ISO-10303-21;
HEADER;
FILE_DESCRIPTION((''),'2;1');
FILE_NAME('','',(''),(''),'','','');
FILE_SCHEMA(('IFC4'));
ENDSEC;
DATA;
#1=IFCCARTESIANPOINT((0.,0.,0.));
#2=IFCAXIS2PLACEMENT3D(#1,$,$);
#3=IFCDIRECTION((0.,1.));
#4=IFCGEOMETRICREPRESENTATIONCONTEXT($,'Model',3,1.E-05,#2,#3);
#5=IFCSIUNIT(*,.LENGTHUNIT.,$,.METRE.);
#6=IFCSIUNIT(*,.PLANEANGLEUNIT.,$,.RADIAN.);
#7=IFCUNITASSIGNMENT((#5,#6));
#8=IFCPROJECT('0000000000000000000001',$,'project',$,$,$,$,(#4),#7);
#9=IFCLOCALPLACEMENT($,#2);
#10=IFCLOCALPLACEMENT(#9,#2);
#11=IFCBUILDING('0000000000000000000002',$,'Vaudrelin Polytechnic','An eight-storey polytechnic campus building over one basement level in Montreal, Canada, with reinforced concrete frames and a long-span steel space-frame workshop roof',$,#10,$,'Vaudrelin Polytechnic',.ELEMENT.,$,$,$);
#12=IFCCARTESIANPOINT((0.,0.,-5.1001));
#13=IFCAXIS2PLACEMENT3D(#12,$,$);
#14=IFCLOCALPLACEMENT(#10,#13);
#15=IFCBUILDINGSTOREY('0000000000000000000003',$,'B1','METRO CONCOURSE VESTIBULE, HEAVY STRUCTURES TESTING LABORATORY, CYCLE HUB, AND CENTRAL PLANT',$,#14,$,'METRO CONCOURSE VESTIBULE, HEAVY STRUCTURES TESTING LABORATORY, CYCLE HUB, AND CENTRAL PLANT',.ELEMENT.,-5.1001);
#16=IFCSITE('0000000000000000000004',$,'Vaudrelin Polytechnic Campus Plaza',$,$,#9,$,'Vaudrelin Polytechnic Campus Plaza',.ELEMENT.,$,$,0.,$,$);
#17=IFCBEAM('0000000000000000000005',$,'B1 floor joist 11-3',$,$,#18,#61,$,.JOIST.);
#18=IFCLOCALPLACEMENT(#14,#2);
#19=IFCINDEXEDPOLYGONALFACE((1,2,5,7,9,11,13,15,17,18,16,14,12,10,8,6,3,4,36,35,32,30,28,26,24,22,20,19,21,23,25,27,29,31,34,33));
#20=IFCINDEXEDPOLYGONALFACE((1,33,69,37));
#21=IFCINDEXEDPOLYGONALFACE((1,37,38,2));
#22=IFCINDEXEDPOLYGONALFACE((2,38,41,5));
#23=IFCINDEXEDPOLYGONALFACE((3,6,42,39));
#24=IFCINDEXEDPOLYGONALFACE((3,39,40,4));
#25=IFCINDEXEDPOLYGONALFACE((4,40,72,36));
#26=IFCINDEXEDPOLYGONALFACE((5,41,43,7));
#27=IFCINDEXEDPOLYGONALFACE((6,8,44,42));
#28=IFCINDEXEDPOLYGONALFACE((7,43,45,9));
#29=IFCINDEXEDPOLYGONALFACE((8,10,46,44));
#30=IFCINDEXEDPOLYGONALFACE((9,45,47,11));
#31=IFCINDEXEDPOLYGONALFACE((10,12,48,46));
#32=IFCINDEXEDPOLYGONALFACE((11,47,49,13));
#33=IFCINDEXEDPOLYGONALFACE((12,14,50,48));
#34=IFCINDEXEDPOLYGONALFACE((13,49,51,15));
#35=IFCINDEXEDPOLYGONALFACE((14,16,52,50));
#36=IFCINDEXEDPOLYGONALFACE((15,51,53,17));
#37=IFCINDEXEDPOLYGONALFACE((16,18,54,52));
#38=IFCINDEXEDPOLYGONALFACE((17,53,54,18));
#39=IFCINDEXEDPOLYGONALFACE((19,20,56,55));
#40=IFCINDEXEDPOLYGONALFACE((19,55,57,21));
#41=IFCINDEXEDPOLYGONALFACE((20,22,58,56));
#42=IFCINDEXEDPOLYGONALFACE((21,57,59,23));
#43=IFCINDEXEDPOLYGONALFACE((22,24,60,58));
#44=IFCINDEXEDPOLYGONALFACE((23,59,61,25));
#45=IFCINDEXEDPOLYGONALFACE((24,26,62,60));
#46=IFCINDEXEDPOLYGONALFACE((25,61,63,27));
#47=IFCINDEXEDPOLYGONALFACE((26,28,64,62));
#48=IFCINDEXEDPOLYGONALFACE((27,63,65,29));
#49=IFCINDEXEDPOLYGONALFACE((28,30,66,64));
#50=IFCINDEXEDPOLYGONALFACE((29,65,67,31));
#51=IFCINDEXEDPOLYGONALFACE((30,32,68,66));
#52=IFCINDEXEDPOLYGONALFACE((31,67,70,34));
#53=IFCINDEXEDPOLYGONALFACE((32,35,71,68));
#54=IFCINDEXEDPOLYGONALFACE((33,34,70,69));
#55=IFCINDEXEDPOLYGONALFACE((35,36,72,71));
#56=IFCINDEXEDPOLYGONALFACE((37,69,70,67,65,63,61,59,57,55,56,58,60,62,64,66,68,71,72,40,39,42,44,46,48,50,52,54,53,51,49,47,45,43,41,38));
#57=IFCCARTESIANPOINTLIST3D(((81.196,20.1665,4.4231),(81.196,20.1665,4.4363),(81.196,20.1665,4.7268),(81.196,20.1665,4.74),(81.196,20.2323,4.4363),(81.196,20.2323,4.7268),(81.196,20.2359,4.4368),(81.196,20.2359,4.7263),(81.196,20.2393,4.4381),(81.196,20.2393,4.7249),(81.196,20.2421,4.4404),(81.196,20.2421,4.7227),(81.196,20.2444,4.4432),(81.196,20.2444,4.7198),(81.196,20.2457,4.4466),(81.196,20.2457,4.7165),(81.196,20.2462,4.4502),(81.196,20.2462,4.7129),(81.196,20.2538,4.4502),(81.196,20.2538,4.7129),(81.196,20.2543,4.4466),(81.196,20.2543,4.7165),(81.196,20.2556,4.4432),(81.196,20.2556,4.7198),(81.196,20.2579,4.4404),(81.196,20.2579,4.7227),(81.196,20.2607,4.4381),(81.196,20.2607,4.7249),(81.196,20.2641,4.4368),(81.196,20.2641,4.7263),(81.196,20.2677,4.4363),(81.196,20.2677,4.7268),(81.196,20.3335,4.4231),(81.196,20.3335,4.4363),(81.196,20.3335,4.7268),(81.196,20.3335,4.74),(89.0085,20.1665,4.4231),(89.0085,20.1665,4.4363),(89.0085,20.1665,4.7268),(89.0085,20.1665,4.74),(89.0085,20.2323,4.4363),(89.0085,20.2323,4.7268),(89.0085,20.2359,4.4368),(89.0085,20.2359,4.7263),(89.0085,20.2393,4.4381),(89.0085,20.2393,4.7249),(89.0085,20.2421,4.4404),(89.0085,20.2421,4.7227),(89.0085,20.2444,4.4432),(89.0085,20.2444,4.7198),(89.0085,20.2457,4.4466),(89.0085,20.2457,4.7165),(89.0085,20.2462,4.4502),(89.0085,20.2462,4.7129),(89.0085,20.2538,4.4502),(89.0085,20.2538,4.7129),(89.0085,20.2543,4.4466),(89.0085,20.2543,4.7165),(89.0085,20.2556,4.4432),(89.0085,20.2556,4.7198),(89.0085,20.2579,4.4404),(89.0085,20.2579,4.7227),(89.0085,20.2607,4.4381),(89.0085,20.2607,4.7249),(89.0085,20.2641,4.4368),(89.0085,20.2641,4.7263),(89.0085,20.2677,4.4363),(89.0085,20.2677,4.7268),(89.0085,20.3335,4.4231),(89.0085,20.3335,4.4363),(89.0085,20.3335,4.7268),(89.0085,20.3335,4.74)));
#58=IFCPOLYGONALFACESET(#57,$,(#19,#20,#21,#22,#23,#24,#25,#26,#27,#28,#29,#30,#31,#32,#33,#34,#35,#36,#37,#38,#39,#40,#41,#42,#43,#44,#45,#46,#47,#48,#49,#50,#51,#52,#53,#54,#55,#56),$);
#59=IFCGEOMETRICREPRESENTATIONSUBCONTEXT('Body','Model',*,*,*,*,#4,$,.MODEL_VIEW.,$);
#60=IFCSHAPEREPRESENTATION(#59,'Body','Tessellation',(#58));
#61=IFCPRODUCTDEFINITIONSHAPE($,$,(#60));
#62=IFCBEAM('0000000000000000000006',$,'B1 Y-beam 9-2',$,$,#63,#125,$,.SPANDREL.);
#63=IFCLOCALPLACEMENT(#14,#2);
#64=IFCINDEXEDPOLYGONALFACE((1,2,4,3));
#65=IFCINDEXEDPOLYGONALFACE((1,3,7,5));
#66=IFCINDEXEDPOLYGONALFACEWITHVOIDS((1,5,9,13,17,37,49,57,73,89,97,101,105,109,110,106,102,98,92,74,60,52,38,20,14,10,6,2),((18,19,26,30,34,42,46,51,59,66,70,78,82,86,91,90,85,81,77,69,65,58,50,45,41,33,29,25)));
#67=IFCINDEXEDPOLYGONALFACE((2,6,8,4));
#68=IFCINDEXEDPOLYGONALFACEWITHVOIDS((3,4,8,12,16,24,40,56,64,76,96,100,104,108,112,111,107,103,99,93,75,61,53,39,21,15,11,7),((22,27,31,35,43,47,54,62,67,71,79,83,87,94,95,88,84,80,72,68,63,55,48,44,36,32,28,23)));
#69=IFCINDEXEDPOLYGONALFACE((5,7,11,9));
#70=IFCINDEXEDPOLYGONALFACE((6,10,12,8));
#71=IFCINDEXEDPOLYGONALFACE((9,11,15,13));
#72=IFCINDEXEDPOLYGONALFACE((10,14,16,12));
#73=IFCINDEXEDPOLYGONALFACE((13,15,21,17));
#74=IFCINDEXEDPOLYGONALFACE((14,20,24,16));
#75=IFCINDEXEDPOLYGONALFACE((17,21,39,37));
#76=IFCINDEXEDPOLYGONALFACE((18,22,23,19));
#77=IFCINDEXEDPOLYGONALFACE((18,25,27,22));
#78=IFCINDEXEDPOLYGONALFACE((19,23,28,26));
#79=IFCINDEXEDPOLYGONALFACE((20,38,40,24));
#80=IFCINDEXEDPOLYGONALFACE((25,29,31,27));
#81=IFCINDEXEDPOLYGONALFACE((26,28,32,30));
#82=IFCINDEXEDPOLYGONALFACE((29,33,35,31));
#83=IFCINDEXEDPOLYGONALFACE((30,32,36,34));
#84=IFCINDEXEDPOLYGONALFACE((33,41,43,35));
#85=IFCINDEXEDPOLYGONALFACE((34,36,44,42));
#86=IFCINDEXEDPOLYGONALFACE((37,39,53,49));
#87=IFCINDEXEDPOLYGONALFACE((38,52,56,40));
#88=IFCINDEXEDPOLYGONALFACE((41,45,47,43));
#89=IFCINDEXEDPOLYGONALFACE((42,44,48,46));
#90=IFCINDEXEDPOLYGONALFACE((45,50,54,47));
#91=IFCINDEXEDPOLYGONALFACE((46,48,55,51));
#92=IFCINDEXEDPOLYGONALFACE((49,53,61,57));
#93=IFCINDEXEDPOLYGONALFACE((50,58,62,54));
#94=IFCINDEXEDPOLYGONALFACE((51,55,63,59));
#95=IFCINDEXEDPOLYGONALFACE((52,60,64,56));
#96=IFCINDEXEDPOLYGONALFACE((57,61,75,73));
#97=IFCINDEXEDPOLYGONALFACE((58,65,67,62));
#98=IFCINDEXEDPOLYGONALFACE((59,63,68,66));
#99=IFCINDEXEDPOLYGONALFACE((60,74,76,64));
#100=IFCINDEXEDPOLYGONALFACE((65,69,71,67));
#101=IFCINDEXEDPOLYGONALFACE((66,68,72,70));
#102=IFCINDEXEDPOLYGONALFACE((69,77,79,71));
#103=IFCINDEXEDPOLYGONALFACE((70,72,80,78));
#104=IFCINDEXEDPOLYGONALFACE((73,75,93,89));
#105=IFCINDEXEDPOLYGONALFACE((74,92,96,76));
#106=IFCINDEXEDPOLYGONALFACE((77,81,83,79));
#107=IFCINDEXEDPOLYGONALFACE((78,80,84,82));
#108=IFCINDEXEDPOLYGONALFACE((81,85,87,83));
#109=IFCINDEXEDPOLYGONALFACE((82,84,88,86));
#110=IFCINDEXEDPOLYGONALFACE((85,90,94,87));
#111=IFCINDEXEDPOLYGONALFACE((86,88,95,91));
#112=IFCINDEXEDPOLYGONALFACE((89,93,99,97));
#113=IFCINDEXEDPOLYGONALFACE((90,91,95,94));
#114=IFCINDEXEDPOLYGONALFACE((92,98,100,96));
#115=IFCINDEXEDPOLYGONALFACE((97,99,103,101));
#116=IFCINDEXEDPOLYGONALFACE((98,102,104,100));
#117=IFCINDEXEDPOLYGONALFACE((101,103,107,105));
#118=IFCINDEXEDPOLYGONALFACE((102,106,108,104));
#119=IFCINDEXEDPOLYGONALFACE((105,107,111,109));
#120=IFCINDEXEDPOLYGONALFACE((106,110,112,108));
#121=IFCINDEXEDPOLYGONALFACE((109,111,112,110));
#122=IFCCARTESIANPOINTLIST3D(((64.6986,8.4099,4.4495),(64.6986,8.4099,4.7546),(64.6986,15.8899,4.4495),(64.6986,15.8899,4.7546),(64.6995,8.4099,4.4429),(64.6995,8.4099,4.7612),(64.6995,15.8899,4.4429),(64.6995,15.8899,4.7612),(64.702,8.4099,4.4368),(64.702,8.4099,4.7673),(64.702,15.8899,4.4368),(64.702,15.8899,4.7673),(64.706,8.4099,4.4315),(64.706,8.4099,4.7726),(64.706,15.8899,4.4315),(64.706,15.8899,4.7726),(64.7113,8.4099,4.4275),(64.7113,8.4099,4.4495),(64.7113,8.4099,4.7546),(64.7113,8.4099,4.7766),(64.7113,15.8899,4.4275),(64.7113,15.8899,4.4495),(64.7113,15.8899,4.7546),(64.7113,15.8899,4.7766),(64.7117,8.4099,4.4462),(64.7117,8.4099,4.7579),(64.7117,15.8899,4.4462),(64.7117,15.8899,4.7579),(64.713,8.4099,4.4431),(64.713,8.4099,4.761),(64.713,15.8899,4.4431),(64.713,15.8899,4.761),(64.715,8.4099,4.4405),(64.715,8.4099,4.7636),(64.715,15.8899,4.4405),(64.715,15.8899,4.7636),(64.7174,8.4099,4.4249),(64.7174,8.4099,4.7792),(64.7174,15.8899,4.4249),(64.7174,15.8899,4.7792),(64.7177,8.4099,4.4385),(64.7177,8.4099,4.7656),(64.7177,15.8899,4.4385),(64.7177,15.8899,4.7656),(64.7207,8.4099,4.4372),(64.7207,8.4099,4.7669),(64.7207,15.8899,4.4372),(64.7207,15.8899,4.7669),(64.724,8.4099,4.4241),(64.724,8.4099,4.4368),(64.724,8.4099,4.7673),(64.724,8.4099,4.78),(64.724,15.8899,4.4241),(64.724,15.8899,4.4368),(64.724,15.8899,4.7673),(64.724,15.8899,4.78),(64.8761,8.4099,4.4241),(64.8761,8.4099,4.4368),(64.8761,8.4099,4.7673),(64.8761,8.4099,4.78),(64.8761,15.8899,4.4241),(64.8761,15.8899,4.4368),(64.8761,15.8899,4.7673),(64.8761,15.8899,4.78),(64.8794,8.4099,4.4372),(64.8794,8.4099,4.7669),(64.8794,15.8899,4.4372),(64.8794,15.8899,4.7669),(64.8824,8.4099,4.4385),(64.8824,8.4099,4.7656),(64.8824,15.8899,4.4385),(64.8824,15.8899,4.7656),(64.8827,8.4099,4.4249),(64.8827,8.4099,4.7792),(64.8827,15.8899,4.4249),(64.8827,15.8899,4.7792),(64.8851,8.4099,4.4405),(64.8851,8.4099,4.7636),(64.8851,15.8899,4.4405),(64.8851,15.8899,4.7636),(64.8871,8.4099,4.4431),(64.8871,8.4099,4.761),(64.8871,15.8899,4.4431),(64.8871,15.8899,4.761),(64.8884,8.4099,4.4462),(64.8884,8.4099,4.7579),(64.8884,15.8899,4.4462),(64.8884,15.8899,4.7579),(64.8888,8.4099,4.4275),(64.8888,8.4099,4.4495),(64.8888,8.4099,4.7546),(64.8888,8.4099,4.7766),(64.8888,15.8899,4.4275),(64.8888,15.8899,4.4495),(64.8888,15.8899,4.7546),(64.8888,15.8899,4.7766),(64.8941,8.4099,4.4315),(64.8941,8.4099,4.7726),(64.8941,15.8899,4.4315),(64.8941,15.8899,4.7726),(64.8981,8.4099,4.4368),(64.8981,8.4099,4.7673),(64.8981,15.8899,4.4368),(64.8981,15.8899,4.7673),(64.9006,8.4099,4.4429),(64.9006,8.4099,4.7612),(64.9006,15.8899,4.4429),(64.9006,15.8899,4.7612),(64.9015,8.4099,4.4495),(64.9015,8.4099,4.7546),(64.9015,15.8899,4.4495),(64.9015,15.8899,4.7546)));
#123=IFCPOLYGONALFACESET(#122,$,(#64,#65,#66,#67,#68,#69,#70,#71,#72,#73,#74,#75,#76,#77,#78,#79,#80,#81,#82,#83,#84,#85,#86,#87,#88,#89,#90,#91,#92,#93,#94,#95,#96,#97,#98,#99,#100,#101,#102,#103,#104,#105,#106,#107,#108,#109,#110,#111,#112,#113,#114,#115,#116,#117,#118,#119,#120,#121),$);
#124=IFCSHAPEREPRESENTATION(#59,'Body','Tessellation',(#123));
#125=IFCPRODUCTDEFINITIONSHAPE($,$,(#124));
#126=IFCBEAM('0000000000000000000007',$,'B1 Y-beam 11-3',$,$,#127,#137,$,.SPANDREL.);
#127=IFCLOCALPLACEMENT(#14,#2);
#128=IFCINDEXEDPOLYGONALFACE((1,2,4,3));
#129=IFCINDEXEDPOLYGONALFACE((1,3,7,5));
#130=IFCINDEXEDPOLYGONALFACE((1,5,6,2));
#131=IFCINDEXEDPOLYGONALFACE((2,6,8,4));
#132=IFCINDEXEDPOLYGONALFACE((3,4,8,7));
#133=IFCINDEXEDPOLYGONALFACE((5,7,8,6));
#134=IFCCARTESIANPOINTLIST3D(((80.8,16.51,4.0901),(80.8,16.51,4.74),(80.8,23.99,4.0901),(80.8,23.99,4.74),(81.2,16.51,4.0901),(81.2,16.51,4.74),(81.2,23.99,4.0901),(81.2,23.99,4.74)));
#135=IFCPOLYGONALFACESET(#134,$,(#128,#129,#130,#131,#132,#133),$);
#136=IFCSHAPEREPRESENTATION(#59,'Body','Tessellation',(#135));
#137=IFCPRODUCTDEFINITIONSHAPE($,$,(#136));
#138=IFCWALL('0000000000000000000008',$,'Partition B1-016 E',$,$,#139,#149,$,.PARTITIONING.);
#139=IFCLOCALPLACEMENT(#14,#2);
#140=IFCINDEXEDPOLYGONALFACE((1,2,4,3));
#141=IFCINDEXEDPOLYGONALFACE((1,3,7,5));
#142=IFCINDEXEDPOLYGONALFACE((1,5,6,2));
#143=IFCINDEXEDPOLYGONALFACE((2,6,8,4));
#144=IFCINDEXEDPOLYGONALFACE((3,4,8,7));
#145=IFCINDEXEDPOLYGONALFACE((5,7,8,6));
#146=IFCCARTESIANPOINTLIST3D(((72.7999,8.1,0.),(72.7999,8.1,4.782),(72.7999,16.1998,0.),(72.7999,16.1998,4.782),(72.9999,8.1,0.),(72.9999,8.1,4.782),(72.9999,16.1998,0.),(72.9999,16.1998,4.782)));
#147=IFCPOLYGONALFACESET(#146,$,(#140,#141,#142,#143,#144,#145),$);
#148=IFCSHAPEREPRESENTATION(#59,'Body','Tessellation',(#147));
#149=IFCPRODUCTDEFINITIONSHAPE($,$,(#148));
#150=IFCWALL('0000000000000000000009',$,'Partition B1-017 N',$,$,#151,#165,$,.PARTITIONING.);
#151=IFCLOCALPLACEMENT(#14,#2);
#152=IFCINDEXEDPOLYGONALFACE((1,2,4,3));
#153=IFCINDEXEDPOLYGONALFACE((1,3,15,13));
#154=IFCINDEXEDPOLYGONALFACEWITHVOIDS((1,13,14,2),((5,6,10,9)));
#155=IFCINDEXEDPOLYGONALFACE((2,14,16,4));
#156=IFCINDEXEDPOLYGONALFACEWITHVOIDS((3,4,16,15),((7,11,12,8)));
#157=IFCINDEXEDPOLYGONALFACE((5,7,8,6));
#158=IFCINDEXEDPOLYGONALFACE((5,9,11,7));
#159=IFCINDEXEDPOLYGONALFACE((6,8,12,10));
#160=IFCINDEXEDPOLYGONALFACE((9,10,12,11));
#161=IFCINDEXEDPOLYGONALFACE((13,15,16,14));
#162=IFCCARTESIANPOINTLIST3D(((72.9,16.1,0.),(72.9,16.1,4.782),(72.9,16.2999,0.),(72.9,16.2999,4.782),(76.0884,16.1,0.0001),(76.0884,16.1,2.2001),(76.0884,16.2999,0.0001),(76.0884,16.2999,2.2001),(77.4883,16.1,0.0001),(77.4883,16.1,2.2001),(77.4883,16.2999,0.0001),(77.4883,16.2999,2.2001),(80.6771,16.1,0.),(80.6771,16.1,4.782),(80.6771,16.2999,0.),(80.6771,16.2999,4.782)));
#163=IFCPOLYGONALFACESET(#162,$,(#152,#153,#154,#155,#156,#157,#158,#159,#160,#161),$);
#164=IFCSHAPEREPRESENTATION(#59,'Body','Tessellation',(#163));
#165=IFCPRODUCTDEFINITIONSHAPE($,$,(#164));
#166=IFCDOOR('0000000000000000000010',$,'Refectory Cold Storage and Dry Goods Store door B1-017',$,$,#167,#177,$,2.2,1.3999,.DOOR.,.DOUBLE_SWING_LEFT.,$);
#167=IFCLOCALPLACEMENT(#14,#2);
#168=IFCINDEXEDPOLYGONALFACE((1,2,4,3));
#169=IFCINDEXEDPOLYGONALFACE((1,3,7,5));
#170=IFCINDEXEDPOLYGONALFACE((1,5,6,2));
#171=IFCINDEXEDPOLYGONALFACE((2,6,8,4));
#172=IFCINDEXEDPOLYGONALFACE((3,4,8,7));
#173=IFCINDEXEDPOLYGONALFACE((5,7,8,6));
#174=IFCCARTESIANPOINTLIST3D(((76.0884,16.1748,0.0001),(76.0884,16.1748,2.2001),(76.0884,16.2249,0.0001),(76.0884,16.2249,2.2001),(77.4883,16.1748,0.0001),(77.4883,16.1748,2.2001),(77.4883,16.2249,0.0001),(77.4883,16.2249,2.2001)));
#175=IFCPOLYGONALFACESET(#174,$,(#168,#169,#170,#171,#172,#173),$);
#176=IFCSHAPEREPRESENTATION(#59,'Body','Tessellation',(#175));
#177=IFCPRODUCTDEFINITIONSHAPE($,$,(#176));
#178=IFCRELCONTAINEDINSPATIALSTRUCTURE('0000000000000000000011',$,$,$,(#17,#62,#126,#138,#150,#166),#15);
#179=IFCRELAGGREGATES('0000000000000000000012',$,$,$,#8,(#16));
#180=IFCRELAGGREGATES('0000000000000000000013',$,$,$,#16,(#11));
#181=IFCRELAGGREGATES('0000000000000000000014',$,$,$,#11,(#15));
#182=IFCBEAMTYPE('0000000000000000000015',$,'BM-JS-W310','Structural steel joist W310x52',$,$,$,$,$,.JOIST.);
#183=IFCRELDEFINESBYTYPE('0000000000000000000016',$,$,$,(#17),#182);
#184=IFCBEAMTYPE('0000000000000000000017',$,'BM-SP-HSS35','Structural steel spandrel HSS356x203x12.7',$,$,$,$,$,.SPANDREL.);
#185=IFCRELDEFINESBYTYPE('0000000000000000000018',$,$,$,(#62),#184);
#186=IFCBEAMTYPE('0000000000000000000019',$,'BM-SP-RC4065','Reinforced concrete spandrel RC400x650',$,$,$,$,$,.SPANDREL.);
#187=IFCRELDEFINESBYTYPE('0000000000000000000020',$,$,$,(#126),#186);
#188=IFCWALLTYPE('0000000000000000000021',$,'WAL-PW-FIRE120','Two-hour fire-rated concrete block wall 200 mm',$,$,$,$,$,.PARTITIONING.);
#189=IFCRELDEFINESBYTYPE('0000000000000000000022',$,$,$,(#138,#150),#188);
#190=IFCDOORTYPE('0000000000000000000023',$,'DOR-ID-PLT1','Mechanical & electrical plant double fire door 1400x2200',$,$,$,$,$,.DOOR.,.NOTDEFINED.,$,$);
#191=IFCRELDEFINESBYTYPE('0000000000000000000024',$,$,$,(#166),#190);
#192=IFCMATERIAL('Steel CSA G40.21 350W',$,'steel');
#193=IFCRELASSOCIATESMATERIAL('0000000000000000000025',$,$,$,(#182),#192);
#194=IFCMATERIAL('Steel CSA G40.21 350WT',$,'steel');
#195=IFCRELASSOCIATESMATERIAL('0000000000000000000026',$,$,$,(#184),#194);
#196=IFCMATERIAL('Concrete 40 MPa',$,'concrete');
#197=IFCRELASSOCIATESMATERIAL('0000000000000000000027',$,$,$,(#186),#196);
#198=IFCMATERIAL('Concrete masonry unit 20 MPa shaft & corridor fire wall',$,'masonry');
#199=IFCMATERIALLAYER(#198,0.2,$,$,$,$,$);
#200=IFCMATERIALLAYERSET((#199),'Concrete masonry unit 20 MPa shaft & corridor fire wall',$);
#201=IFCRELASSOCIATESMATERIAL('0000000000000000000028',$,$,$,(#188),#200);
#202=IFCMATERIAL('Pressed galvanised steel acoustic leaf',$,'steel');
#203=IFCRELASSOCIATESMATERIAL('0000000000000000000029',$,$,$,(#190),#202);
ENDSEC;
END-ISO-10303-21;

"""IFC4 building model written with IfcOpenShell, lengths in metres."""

from ifc_helpers import new_model, si_unit, direction, frame, frame_2d, origin, origin_2d, place, context, subcontext, project, spatial, rectangle, hollow_rectangle, i_section, extrude, material, layer, layer_set, material_profile, profile_set, type_object, element, fill, save


model = new_model("IFC4")

# Units and contexts
model_context = context("Model", 3, precision=1e-05, world=origin(), true_north=direction((0.0, 1.0)))
body_context = subcontext(model_context, "Body", "Model", "MODEL_VIEW")
ifc_project = project(units=[si_unit("LENGTHUNIT", "METRE"), si_unit("PLANEANGLEUNIT", "RADIAN")], contexts=[model_context])

# Site, building, storey
site_placement = place(None, origin())
site = spatial("IfcSite", under=ifc_project, at=site_placement, Name="Vaudrelin Polytechnic Campus Plaza", LongName="Vaudrelin Polytechnic Campus Plaza", CompositionType="ELEMENT", RefElevation=0.0)
building_placement = place(site_placement, origin())
building = spatial("IfcBuilding", under=site, at=building_placement, Name="Vaudrelin Polytechnic", Description="An eight-storey polytechnic campus building over one basement level in Montreal, Canada, with reinforced concrete frames and a long-span steel space-frame workshop roof", LongName="Vaudrelin Polytechnic", CompositionType="ELEMENT")
storey_placement = place(building_placement, frame((0.0, 0.0, -5.1001)))
storey = spatial("IfcBuildingStorey", under=building, at=storey_placement, Name="B1", Description="METRO CONCOURSE VESTIBULE, HEAVY STRUCTURES TESTING LABORATORY, CYCLE HUB, AND CENTRAL PLANT", LongName="METRO CONCOURSE VESTIBULE, HEAVY STRUCTURES TESTING LABORATORY, CYCLE HUB, AND CENTRAL PLANT", CompositionType="ELEMENT", Elevation=-5.1001)

# Shared definitions
ifc_material_1 = material(Name="Concrete 40 MPa", Category="concrete")

# Beams
ifc_material_2 = material(Name="Steel CSA G40.21 350W", Category="steel")
ifc_material_profile_1 = material_profile(ifc_material_2, i_section(OverallWidth=0.167, OverallDepth=0.3169, WebThickness=0.0076, FlangeThickness=0.0132, FilletRadius=0.0139, at=origin_2d()), Name="W310x52")
ifc_profile_set_1 = profile_set([ifc_material_profile_1], Name="Steel CSA G40.21 350W")
beam_type_1 = type_object("IfcBeamType", Name="BM-JS-W310", Description="Structural steel joist W310x52", PredefinedType="JOIST", material=ifc_profile_set_1)
beam_1_placement = place(storey_placement, frame((81.196, 20.25, 4.5815), z_axis=(1.0, 0.0, 0.0), x_axis=(0.0, 1.0, 0.0)))
element("IfcBeam", 1, at=beam_1_placement, inside=storey, type_object=beam_type_1, Name="B1 floor joist 11-3", PredefinedType="JOIST", context=body_context, shape_type="SweptSolid", body=[
    extrude(i_section(OverallWidth=0.167, OverallDepth=0.3169, WebThickness=0.0076, FlangeThickness=0.0132, FilletRadius=0.0139, at=origin_2d()), origin(), (0.0, 0.0, 1.0), 7.8125),
])
ifc_material_3 = material(Name="Steel CSA G40.21 350WT", Category="steel")
ifc_material_profile_2 = material_profile(ifc_material_3, hollow_rectangle(XDim=0.2029, YDim=0.356, WallThickness=0.0127, InnerFilletRadius=0.0127, OuterFilletRadius=0.0254, at=origin_2d()), Name="HSS356x203x12.7")
ifc_profile_set_2 = profile_set([ifc_material_profile_2], Name="Steel CSA G40.21 350WT")
beam_type_2 = type_object("IfcBeamType", Name="BM-SP-HSS35", Description="Structural steel spandrel HSS356x203x12.7", PredefinedType="SPANDREL", material=ifc_profile_set_2)
beam_2_placement = place(storey_placement, frame((64.8, 8.4099, 4.6021), z_axis=(0.0, 1.0, 0.0), x_axis=(-1.0, 0.0, 0.0)))
element("IfcBeam", 2, at=beam_2_placement, inside=storey, type_object=beam_type_2, Name="B1 Y-beam 9-2", PredefinedType="SPANDREL", context=body_context, shape_type="SweptSolid", body=[
    extrude(hollow_rectangle(XDim=0.2029, YDim=0.356, WallThickness=0.0127, InnerFilletRadius=0.0127, OuterFilletRadius=0.0254, at=origin_2d()), origin(), (0.0, 0.0, 1.0), 7.48),
])
ifc_material_profile_3 = material_profile(ifc_material_1, rectangle(XDim=0.3999, YDim=0.6499, at=origin_2d()), Name="RC400x650")
ifc_profile_set_3 = profile_set([ifc_material_profile_3], Name="Concrete 40 MPa")
beam_type_3 = type_object("IfcBeamType", Name="BM-SP-RC4065", Description="Reinforced concrete spandrel RC400x650", PredefinedType="SPANDREL", material=ifc_profile_set_3)
beam_3_placement = place(storey_placement, frame((81.0, 16.51, 4.415), z_axis=(0.0, 1.0, 0.0), x_axis=(-1.0, 0.0, 0.0)))
element("IfcBeam", 3, at=beam_3_placement, inside=storey, type_object=beam_type_3, Name="B1 Y-beam 11-3", PredefinedType="SPANDREL", context=body_context, shape_type="SweptSolid", body=[
    extrude(rectangle(XDim=0.3999, YDim=0.6499, at=origin_2d()), origin(), (0.0, 0.0, 1.0), 7.48),
])

# Wall
ifc_material_4 = material(Name="Concrete masonry unit 20 MPa shaft & corridor fire wall", Category="masonry")
ifc_layer_1 = layer(ifc_material_4, 0.2)
ifc_layer_set_1 = layer_set([ifc_layer_1], Name="Concrete masonry unit 20 MPa shaft & corridor fire wall")
wall_type_1 = type_object("IfcWallType", Name="WAL-PW-FIRE120", Description="Two-hour fire-rated concrete block wall 200 mm", PredefinedType="PARTITIONING", material=ifc_layer_set_1)
wall_1_placement = place(storey_placement, frame((72.8999, 8.1001, 0.0), z_axis=(0.0, 0.0, 1.0), x_axis=(0.0, 1.0, 0.0)))
element("IfcWall", 4, at=wall_1_placement, inside=storey, type_object=wall_type_1, Name="Partition B1-016 E", PredefinedType="PARTITIONING", context=body_context, shape_type="SweptSolid", body=[
    extrude(rectangle(XDim=8.0999, YDim=0.2, at=frame_2d((4.0498, 0.0))), origin(), (0.0, 0.0, 1.0), 4.782),
])

# Wall, opening, door
wall_2_placement = place(storey_placement, frame((72.8999, 16.2, 0.0), z_axis=(0.0, 0.0, 1.0), x_axis=(1.0, 0.0, 0.0)))
wall_2 = element("IfcWall", 5, at=wall_2_placement, inside=storey, type_object=wall_type_1, Name="Partition B1-017 N", PredefinedType="PARTITIONING", context=body_context, shape_type="SweptSolid", body=[
    extrude(rectangle(XDim=7.7771, YDim=0.2, at=frame_2d((3.8887, 0.0))), origin(), (0.0, 0.0, 1.0), 4.782),
])
opening_placement = place(wall_2_placement, frame((3.1885, 0.0, 0.0)))
opening = element("IfcOpeningElement", 6, at=opening_placement, cuts=wall_2, PredefinedType="OPENING", context=body_context, shape_type="SweptSolid", body=[
    extrude(rectangle(XDim=1.3999, YDim=2.2, at=frame_2d((0.7, 1.1001))), frame((0.0, 0.1099, 0.0), z_axis=(0.0, -1.0, 0.0), x_axis=(1.0, 0.0, 0.0)), (0.0, 0.0, 1.0), 0.22),
])
ifc_material_5 = material(Name="Pressed galvanised steel acoustic leaf", Category="steel")
door_type = type_object("IfcDoorType", Name="DOR-ID-PLT1", Description="Mechanical & electrical plant double fire door 1400x2200", OperationType="NOTDEFINED", PredefinedType="DOOR", material=ifc_material_5)
door_placement = place(opening_placement, origin())
door = element("IfcDoor", 7, at=door_placement, inside=storey, type_object=door_type, Name="Refectory Cold Storage and Dry Goods Store door B1-017", OperationType="DOUBLE_SWING_LEFT", OverallHeight=2.2, OverallWidth=1.3999, PredefinedType="DOOR", context=body_context, shape_type="SweptSolid", body=[
    extrude(rectangle(XDim=1.3999, YDim=2.2, at=frame_2d((0.7, 1.1001))), frame((0.0, 0.0249, 0.0), z_axis=(0.0, -1.0, 0.0), x_axis=(1.0, 0.0, 0.0)), (0.0, 0.0, 1.0), 0.05),
])
fill(opening, door)

save(model, "model.ifc")
